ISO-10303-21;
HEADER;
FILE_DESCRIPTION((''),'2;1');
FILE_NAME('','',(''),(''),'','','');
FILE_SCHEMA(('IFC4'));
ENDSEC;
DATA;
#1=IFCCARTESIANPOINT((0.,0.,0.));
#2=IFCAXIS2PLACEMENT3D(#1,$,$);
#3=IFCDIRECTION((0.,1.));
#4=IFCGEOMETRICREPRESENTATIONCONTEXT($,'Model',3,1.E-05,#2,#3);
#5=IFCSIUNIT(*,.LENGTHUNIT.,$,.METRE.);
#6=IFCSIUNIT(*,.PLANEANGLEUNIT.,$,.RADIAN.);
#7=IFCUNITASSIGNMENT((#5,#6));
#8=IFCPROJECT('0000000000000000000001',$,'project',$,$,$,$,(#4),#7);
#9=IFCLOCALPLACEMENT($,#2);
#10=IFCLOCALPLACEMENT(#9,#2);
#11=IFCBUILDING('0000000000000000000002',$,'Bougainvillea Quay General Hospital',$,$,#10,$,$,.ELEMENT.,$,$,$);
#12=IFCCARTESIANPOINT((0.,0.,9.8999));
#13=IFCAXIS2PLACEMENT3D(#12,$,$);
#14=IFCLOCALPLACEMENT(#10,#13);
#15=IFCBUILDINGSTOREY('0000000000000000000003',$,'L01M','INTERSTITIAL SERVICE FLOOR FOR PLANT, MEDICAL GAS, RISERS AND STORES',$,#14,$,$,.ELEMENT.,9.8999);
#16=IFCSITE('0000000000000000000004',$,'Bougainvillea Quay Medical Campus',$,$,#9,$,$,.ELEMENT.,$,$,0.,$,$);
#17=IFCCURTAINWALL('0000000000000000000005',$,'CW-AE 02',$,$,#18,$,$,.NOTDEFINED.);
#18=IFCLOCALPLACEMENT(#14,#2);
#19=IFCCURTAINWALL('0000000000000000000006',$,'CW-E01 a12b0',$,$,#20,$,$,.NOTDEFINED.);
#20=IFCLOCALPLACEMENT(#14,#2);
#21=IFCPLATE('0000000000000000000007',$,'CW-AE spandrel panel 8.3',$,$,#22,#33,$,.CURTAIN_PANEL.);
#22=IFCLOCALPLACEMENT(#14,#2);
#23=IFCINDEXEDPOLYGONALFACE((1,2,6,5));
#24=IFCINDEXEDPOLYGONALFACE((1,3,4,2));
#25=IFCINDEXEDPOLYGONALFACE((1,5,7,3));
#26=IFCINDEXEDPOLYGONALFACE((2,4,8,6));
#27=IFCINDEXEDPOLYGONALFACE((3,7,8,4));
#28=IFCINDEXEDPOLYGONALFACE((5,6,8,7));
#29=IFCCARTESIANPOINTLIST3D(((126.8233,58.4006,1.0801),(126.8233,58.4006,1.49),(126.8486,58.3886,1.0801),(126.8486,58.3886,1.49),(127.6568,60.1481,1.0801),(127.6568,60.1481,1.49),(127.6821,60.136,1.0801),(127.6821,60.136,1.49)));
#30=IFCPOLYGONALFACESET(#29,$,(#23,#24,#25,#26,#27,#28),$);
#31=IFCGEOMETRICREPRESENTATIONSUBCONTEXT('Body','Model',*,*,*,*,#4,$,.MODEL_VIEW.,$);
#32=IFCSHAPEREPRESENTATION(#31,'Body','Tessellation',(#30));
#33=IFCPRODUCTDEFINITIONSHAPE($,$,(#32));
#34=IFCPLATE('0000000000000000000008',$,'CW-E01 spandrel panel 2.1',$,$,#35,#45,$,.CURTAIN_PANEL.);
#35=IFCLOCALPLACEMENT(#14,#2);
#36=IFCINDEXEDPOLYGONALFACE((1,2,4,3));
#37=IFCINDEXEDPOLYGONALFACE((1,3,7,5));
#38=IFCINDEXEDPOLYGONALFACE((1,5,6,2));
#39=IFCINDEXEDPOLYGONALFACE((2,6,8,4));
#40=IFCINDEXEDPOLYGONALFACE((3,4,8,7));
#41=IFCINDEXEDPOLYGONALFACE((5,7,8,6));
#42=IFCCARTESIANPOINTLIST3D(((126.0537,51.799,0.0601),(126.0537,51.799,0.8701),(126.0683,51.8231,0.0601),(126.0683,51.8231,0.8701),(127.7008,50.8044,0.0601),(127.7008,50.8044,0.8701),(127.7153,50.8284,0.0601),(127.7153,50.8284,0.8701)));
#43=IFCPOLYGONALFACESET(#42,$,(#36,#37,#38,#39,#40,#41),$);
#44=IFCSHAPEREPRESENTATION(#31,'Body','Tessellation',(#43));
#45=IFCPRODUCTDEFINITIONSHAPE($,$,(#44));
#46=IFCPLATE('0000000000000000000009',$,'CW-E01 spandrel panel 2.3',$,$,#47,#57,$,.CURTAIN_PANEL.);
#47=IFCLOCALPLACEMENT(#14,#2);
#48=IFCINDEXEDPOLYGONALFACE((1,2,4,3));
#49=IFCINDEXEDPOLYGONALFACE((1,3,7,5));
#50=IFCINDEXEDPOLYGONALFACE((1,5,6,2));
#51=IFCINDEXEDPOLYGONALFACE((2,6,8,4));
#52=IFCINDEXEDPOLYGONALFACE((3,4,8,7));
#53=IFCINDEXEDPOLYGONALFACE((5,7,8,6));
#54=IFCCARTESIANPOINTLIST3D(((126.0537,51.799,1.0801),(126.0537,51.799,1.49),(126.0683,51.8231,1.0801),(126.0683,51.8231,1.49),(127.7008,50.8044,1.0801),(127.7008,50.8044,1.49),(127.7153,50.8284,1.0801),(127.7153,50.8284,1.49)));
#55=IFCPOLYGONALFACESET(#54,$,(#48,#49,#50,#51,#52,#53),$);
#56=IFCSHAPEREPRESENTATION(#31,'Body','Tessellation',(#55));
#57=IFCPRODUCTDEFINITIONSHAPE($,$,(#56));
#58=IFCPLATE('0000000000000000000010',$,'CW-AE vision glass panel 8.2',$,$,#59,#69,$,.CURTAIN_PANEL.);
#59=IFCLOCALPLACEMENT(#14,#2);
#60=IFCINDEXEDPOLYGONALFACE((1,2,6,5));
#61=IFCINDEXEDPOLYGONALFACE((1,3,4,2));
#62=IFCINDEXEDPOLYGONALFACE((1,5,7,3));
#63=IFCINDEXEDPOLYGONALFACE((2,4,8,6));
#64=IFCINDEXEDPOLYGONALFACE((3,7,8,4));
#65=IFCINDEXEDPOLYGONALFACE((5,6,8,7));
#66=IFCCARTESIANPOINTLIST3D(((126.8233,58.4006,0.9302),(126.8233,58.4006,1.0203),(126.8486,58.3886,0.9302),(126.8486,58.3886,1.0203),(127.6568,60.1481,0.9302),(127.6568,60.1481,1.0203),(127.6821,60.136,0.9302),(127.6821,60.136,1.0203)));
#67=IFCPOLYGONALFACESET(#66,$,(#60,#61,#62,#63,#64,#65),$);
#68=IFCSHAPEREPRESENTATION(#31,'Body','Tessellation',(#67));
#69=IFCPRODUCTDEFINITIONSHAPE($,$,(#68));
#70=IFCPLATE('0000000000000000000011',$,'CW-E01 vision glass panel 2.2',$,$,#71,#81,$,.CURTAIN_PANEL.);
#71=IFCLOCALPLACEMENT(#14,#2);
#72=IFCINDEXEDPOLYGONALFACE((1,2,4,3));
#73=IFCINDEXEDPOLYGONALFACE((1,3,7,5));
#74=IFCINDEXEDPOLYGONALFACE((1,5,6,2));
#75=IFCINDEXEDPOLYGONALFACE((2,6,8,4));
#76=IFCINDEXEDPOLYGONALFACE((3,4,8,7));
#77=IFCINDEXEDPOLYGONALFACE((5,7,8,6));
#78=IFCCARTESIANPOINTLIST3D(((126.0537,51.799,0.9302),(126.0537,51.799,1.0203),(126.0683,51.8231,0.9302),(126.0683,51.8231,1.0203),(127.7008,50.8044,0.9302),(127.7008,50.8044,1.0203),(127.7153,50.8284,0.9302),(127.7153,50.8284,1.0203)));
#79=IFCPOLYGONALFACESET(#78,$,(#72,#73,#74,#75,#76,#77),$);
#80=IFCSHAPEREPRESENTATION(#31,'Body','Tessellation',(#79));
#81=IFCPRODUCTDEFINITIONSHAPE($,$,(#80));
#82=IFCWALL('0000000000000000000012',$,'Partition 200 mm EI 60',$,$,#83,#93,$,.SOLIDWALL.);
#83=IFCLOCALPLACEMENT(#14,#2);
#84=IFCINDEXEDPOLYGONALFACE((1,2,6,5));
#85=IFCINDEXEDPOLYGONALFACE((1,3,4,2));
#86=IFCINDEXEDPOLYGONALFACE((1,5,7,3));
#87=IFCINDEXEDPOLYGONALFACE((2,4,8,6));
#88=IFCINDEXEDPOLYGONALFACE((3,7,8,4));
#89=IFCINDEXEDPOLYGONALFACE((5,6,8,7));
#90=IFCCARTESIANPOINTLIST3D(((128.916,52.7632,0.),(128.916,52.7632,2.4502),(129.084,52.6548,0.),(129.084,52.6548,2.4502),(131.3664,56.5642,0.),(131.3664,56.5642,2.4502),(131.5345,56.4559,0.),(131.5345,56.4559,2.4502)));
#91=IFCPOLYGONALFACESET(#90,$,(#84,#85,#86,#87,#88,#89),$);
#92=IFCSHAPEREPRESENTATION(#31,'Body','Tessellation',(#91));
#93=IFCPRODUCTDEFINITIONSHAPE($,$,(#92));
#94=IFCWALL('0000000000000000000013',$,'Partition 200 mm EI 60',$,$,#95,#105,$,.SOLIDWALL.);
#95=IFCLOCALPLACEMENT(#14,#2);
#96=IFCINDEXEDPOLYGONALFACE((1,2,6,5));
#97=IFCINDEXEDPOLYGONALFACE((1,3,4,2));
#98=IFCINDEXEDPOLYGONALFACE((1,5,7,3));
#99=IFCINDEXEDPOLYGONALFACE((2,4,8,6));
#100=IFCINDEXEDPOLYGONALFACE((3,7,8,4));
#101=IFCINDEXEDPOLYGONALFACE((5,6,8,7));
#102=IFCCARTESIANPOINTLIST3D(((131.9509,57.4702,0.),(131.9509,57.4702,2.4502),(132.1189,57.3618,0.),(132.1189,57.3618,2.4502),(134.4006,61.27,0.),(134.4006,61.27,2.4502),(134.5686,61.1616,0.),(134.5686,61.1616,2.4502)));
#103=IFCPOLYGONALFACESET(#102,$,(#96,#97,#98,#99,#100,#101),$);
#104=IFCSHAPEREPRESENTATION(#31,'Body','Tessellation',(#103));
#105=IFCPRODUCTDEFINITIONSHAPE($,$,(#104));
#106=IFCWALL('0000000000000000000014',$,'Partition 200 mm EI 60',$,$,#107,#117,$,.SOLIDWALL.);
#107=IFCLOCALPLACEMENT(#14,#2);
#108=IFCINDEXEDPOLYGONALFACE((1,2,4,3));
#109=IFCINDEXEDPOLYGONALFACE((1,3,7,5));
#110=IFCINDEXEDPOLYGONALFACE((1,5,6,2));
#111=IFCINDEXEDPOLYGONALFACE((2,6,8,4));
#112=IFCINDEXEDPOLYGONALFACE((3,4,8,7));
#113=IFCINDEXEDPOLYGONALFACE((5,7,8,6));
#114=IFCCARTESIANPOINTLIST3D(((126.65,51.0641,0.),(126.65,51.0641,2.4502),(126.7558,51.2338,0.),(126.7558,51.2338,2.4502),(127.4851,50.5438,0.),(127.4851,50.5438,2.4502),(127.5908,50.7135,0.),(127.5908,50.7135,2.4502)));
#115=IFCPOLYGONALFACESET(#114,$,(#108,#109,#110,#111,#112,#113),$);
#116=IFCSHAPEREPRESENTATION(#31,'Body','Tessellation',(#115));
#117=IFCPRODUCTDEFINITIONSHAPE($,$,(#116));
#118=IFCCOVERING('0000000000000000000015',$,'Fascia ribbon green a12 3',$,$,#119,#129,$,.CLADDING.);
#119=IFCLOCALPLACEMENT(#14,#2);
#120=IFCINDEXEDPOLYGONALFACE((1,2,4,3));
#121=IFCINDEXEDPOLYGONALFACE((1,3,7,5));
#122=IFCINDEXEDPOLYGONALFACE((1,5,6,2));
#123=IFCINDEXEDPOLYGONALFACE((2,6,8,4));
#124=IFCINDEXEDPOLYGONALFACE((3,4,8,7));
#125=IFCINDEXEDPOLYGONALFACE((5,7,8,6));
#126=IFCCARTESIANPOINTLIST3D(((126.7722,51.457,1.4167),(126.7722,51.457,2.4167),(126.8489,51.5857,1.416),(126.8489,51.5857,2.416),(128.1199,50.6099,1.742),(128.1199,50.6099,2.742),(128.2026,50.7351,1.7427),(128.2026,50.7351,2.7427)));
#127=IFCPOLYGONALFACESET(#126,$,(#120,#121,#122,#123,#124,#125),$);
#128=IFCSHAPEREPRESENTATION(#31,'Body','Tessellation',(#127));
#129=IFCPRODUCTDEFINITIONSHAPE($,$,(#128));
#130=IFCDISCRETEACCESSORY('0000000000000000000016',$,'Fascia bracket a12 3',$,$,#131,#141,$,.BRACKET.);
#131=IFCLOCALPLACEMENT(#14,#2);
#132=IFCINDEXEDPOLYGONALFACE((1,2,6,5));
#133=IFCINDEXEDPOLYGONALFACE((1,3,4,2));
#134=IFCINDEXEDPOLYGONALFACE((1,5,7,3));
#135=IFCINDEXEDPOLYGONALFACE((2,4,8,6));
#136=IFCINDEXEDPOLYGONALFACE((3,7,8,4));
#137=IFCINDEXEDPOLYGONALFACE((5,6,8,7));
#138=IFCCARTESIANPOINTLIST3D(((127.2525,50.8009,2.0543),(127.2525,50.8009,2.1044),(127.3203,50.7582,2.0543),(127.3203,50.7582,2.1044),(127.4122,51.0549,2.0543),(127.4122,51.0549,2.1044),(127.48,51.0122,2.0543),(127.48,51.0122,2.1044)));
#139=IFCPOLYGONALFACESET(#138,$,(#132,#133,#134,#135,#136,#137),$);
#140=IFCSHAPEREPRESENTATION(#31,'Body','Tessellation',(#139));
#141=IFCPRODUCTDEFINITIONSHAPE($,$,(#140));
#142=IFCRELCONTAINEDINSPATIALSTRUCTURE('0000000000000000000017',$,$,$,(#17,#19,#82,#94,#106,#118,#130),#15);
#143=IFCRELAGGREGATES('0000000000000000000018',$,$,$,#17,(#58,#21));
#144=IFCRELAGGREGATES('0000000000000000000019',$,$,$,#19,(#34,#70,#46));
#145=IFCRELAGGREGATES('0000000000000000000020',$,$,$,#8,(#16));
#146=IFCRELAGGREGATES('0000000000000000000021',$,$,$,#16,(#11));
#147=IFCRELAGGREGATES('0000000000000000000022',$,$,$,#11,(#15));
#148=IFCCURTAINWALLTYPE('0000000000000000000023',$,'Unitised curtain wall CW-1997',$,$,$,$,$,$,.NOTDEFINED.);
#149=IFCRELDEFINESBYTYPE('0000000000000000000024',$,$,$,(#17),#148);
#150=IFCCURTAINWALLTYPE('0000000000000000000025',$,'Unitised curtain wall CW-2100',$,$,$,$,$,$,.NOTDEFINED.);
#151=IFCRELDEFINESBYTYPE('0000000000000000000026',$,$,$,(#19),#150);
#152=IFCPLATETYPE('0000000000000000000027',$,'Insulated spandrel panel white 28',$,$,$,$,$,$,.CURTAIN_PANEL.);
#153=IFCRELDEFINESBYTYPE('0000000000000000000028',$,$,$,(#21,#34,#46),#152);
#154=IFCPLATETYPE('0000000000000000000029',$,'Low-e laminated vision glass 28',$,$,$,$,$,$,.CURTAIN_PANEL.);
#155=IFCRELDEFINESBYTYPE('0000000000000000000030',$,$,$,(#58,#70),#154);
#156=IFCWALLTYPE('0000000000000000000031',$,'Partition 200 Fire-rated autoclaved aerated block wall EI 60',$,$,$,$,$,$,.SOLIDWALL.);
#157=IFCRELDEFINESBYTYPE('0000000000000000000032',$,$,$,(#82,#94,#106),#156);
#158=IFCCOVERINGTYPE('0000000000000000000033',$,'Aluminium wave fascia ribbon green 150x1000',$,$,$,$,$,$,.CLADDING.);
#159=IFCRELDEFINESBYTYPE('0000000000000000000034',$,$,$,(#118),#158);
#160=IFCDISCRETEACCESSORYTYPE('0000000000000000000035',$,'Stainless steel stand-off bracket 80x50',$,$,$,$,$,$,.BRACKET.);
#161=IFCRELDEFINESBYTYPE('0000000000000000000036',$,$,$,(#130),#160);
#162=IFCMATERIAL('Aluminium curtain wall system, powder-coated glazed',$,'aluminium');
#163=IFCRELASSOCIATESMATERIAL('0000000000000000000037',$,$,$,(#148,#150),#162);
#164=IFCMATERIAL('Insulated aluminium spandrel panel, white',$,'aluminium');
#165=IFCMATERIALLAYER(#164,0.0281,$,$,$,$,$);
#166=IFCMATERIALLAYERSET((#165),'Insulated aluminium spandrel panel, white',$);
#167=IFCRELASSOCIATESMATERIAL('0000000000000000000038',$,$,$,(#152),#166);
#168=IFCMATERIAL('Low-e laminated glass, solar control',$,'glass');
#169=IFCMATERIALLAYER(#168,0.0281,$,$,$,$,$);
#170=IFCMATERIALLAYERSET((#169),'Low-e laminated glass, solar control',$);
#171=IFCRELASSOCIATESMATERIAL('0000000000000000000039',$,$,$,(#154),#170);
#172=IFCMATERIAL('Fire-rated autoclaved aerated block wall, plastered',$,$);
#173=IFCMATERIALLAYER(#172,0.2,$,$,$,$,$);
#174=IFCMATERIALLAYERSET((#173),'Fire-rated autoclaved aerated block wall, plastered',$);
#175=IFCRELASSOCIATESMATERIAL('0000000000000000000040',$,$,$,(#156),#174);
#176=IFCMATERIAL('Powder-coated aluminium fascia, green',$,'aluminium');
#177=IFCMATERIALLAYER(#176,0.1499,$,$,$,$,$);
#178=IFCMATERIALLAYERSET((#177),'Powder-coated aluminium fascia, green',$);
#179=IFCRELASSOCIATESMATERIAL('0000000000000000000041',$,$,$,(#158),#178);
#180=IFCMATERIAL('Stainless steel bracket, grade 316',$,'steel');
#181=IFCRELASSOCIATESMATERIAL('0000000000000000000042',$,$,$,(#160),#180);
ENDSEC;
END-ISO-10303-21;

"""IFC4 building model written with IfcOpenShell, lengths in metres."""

from ifc_helpers import new_model, si_unit, direction, frame, frame_2d, origin, origin_2d, place, context, subcontext, project, spatial, polyline, rectangle, outline, extrude, material, layer, layer_set, material_profile, profile_set, type_object, element, aggregate, save


model = new_model("IFC4")

# Units and contexts
model_context = context("Model", 3, precision=1e-05, world=origin(), true_north=direction((0.0, 1.0)))
body_context = subcontext(model_context, "Body", "Model", "MODEL_VIEW")
ifc_project = project(units=[si_unit("LENGTHUNIT", "METRE"), si_unit("PLANEANGLEUNIT", "RADIAN")], contexts=[model_context])

# Site, building, storey
site_placement = place(None, origin())
site = spatial("IfcSite", under=ifc_project, at=site_placement, Name="Bougainvillea Quay Medical Campus", CompositionType="ELEMENT", RefElevation=0.0)
building_placement = place(site_placement, origin())
building = spatial("IfcBuilding", under=site, at=building_placement, Name="Bougainvillea Quay General Hospital", CompositionType="ELEMENT")
storey_placement = place(building_placement, frame((0.0, 0.0, 9.8999)))
storey = spatial("IfcBuildingStorey", under=building, at=storey_placement, Name="L01M", Description="INTERSTITIAL SERVICE FLOOR FOR PLANT, MEDICAL GAS, RISERS AND STORES", CompositionType="ELEMENT", Elevation=9.8999)

# Curtain walls
ifc_material_1 = material(Name="Aluminium curtain wall system, powder-coated glazed", Category="aluminium")
curtain_wall_type_1 = type_object("IfcCurtainWallType", Name="Unitised curtain wall CW-1997", PredefinedType="NOTDEFINED", material=ifc_material_1)
curtain_wall_1_placement = place(storey_placement, origin())
curtain_wall_1 = element("IfcCurtainWall", 1, at=curtain_wall_1_placement, inside=storey, type_object=curtain_wall_type_1, Name="CW-AE 02", PredefinedType="NOTDEFINED")
curtain_wall_type_2 = type_object("IfcCurtainWallType", Name="Unitised curtain wall CW-2100", PredefinedType="NOTDEFINED", material=ifc_material_1)
curtain_wall_2_placement = place(storey_placement, origin())
curtain_wall_2 = element("IfcCurtainWall", 2, at=curtain_wall_2_placement, inside=storey, type_object=curtain_wall_type_2, Name="CW-E01 a12b0", PredefinedType="NOTDEFINED")

# Plates
ifc_material_2 = material(Name="Insulated aluminium spandrel panel, white", Category="aluminium")
ifc_layer_1 = layer(ifc_material_2, 0.0281)
ifc_layer_set_1 = layer_set([ifc_layer_1], Name="Insulated aluminium spandrel panel, white")
plate_type_1 = type_object("IfcPlateType", Name="Insulated spandrel panel white 28", PredefinedType="CURTAIN_PANEL", material=ifc_layer_set_1)
plate_1_placement = place(storey_placement, frame((127.2527, 59.2683, 1.0801), z_axis=(0.0, 0.0, 1.0), x_axis=(-0.430525, -0.902578, 0.0)))
plate_1 = element("IfcPlate", 3, at=plate_1_placement, type_object=plate_type_1, Name="CW-AE spandrel panel 8.3", PredefinedType="CURTAIN_PANEL", context=body_context, shape_type="SweptSolid", body=[
    extrude(rectangle(XDim=1.936, YDim=0.0281, at=origin_2d()), origin(), (0.0, 0.0, 1.0), 0.4099),
])
plate_2_placement = place(storey_placement, frame((126.8845, 51.3137, 0.0601), z_axis=(0.0, 0.0, 1.0), x_axis=(0.856023, -0.516938, 0.0)))
plate_2 = element("IfcPlate", 4, at=plate_2_placement, type_object=plate_type_1, Name="CW-E01 spandrel panel 2.1", PredefinedType="CURTAIN_PANEL", context=body_context, shape_type="SweptSolid", body=[
    extrude(rectangle(XDim=1.9241, YDim=0.0281, at=origin_2d()), origin(), (0.0, 0.0, 1.0), 0.8101),
])
plate_3_placement = place(storey_placement, frame((126.8845, 51.3137, 1.0801), z_axis=(0.0, 0.0, 1.0), x_axis=(0.856023, -0.516938, 0.0)))
plate_3 = element("IfcPlate", 5, at=plate_3_placement, type_object=plate_type_1, Name="CW-E01 spandrel panel 2.3", PredefinedType="CURTAIN_PANEL", context=body_context, shape_type="SweptSolid", body=[
    extrude(rectangle(XDim=1.9241, YDim=0.0281, at=origin_2d()), origin(), (0.0, 0.0, 1.0), 0.4099),
])
ifc_material_3 = material(Name="Low-e laminated glass, solar control", Category="glass")
ifc_layer_2 = layer(ifc_material_3, 0.0281)
ifc_layer_set_2 = layer_set([ifc_layer_2], Name="Low-e laminated glass, solar control")
plate_type_2 = type_object("IfcPlateType", Name="Low-e laminated vision glass 28", PredefinedType="CURTAIN_PANEL", material=ifc_layer_set_2)
plate_4_placement = place(storey_placement, frame((127.2527, 59.2683, 0.9302), z_axis=(0.0, 0.0, 1.0), x_axis=(-0.430525, -0.902578, 0.0)))
plate_4 = element("IfcPlate", 6, at=plate_4_placement, type_object=plate_type_2, Name="CW-AE vision glass panel 8.2", PredefinedType="CURTAIN_PANEL", context=body_context, shape_type="SweptSolid", body=[
    extrude(rectangle(XDim=1.936, YDim=0.0281, at=origin_2d()), origin(), (0.0, 0.0, 1.0), 0.0901),
])
aggregate(curtain_wall_1, [plate_4, plate_1])
plate_5_placement = place(storey_placement, frame((126.8845, 51.3137, 0.9302), z_axis=(0.0, 0.0, 1.0), x_axis=(0.856023, -0.516938, 0.0)))
plate_5 = element("IfcPlate", 7, at=plate_5_placement, type_object=plate_type_2, Name="CW-E01 vision glass panel 2.2", PredefinedType="CURTAIN_PANEL", context=body_context, shape_type="SweptSolid", body=[
    extrude(rectangle(XDim=1.9241, YDim=0.0281, at=origin_2d()), origin(), (0.0, 0.0, 1.0), 0.0901),
])
aggregate(curtain_wall_2, [plate_2, plate_5, plate_3])

# Walls
ifc_material_4 = material(Name="Fire-rated autoclaved aerated block wall, plastered")
ifc_layer_3 = layer(ifc_material_4, 0.2)
ifc_layer_set_3 = layer_set([ifc_layer_3], Name="Fire-rated autoclaved aerated block wall, plastered")
wall_type = type_object("IfcWallType", Name="Partition 200 Fire-rated autoclaved aerated block wall EI 60", PredefinedType="SOLIDWALL", material=ifc_layer_set_3)
wall_1_placement = place(storey_placement, frame((129.0, 52.709, 0.0), z_axis=(0.0, 0.0, 1.0), x_axis=(0.54184, 0.840481, 0.0)))
element("IfcWall", 8, at=wall_1_placement, inside=storey, type_object=wall_type, Name="Partition 200 mm EI 60", PredefinedType="SOLIDWALL", context=body_context, shape_type="SweptSolid", body=[
    extrude(rectangle(XDim=4.5225, YDim=0.2, at=frame_2d((2.2612, 0.0))), origin(), (0.0, 0.0, 1.0), 2.4502),
])
wall_2_placement = place(storey_placement, frame((132.0349, 57.416, 0.0), z_axis=(0.0, 0.0, 1.0), x_axis=(0.541849, 0.840476, 0.0)))
element("IfcWall", 9, at=wall_2_placement, inside=storey, type_object=wall_type, Name="Partition 200 mm EI 60", PredefinedType="SOLIDWALL", context=body_context, shape_type="SweptSolid", body=[
    extrude(rectangle(XDim=4.521, YDim=0.2, at=frame_2d((2.2605, 0.0))), origin(), (0.0, 0.0, 1.0), 2.4502),
])
wall_3_placement = place(storey_placement, frame((126.7029, 51.1489, 0.0), z_axis=(0.0, 0.0, 1.0), x_axis=(0.848722, -0.528838, 0.0)))
element("IfcWall", 10, at=wall_3_placement, inside=storey, type_object=wall_type, Name="Partition 200 mm EI 60", PredefinedType="SOLIDWALL", context=body_context, shape_type="SweptSolid", body=[
    extrude(rectangle(XDim=0.9839, YDim=0.2, at=frame_2d((0.4919, 0.0))), origin(), (0.0, 0.0, 1.0), 2.4502),
])

# Covering
ifc_material_5 = material(Name="Powder-coated aluminium fascia, green", Category="aluminium")
ifc_layer_4 = layer(ifc_material_5, 0.1499)
ifc_layer_set_4 = layer_set([ifc_layer_4], Name="Powder-coated aluminium fascia, green")
covering_type = type_object("IfcCoveringType", Name="Aluminium wave fascia ribbon green 150x1000", PredefinedType="CLADDING", material=ifc_layer_set_4)
covering_placement = place(storey_placement, frame((126.7722, 51.457, 1.4167), z_axis=(-0.169523, 0.106441, 0.979761), x_axis=(0.829482, -0.521432, 0.200169)))
element("IfcCovering", 11, at=covering_placement, inside=storey, type_object=covering_type, Name="Fascia ribbon green a12 3", PredefinedType="CLADDING", context=body_context, shape_type="SweptSolid", body=[
    extrude(outline(polyline([(0.0, 0.0), (1.6247, 0.0), (1.6282, 0.1501), (-0.0036, 0.1497), (0.0, 0.0)])), origin(), (0.200169, 0.000104, 0.979761), 1.0),
])

# Discrete accessory
ifc_material_6 = material(Name="Stainless steel bracket, grade 316", Category="steel")
ifc_material_profile_1 = material_profile(ifc_material_6, rectangle(XDim=0.0801, YDim=0.05, at=origin_2d()))
ifc_profile_set_1 = profile_set([ifc_material_profile_1], Name="Stainless steel bracket, grade 316")
discrete_accessory_type = type_object("IfcDiscreteAccessoryType", Name="Stainless steel stand-off bracket 80x50", PredefinedType="BRACKET", material=ifc_profile_set_1)
discrete_accessory_placement = place(storey_placement, frame((127.2864, 50.7795, 2.0793), z_axis=(0.532338, 0.846532, 0.0), x_axis=(-0.846532, 0.532338, 0.0)))
element("IfcDiscreteAccessory", 12, at=discrete_accessory_placement, inside=storey, type_object=discrete_accessory_type, Name="Fascia bracket a12 3", PredefinedType="BRACKET", context=body_context, shape_type="SweptSolid", body=[
    extrude(rectangle(XDim=0.0801, YDim=0.05, at=origin_2d()), origin(), (0.0, 0.0, 1.0), 0.3),
])

save(model, "model.ifc")
